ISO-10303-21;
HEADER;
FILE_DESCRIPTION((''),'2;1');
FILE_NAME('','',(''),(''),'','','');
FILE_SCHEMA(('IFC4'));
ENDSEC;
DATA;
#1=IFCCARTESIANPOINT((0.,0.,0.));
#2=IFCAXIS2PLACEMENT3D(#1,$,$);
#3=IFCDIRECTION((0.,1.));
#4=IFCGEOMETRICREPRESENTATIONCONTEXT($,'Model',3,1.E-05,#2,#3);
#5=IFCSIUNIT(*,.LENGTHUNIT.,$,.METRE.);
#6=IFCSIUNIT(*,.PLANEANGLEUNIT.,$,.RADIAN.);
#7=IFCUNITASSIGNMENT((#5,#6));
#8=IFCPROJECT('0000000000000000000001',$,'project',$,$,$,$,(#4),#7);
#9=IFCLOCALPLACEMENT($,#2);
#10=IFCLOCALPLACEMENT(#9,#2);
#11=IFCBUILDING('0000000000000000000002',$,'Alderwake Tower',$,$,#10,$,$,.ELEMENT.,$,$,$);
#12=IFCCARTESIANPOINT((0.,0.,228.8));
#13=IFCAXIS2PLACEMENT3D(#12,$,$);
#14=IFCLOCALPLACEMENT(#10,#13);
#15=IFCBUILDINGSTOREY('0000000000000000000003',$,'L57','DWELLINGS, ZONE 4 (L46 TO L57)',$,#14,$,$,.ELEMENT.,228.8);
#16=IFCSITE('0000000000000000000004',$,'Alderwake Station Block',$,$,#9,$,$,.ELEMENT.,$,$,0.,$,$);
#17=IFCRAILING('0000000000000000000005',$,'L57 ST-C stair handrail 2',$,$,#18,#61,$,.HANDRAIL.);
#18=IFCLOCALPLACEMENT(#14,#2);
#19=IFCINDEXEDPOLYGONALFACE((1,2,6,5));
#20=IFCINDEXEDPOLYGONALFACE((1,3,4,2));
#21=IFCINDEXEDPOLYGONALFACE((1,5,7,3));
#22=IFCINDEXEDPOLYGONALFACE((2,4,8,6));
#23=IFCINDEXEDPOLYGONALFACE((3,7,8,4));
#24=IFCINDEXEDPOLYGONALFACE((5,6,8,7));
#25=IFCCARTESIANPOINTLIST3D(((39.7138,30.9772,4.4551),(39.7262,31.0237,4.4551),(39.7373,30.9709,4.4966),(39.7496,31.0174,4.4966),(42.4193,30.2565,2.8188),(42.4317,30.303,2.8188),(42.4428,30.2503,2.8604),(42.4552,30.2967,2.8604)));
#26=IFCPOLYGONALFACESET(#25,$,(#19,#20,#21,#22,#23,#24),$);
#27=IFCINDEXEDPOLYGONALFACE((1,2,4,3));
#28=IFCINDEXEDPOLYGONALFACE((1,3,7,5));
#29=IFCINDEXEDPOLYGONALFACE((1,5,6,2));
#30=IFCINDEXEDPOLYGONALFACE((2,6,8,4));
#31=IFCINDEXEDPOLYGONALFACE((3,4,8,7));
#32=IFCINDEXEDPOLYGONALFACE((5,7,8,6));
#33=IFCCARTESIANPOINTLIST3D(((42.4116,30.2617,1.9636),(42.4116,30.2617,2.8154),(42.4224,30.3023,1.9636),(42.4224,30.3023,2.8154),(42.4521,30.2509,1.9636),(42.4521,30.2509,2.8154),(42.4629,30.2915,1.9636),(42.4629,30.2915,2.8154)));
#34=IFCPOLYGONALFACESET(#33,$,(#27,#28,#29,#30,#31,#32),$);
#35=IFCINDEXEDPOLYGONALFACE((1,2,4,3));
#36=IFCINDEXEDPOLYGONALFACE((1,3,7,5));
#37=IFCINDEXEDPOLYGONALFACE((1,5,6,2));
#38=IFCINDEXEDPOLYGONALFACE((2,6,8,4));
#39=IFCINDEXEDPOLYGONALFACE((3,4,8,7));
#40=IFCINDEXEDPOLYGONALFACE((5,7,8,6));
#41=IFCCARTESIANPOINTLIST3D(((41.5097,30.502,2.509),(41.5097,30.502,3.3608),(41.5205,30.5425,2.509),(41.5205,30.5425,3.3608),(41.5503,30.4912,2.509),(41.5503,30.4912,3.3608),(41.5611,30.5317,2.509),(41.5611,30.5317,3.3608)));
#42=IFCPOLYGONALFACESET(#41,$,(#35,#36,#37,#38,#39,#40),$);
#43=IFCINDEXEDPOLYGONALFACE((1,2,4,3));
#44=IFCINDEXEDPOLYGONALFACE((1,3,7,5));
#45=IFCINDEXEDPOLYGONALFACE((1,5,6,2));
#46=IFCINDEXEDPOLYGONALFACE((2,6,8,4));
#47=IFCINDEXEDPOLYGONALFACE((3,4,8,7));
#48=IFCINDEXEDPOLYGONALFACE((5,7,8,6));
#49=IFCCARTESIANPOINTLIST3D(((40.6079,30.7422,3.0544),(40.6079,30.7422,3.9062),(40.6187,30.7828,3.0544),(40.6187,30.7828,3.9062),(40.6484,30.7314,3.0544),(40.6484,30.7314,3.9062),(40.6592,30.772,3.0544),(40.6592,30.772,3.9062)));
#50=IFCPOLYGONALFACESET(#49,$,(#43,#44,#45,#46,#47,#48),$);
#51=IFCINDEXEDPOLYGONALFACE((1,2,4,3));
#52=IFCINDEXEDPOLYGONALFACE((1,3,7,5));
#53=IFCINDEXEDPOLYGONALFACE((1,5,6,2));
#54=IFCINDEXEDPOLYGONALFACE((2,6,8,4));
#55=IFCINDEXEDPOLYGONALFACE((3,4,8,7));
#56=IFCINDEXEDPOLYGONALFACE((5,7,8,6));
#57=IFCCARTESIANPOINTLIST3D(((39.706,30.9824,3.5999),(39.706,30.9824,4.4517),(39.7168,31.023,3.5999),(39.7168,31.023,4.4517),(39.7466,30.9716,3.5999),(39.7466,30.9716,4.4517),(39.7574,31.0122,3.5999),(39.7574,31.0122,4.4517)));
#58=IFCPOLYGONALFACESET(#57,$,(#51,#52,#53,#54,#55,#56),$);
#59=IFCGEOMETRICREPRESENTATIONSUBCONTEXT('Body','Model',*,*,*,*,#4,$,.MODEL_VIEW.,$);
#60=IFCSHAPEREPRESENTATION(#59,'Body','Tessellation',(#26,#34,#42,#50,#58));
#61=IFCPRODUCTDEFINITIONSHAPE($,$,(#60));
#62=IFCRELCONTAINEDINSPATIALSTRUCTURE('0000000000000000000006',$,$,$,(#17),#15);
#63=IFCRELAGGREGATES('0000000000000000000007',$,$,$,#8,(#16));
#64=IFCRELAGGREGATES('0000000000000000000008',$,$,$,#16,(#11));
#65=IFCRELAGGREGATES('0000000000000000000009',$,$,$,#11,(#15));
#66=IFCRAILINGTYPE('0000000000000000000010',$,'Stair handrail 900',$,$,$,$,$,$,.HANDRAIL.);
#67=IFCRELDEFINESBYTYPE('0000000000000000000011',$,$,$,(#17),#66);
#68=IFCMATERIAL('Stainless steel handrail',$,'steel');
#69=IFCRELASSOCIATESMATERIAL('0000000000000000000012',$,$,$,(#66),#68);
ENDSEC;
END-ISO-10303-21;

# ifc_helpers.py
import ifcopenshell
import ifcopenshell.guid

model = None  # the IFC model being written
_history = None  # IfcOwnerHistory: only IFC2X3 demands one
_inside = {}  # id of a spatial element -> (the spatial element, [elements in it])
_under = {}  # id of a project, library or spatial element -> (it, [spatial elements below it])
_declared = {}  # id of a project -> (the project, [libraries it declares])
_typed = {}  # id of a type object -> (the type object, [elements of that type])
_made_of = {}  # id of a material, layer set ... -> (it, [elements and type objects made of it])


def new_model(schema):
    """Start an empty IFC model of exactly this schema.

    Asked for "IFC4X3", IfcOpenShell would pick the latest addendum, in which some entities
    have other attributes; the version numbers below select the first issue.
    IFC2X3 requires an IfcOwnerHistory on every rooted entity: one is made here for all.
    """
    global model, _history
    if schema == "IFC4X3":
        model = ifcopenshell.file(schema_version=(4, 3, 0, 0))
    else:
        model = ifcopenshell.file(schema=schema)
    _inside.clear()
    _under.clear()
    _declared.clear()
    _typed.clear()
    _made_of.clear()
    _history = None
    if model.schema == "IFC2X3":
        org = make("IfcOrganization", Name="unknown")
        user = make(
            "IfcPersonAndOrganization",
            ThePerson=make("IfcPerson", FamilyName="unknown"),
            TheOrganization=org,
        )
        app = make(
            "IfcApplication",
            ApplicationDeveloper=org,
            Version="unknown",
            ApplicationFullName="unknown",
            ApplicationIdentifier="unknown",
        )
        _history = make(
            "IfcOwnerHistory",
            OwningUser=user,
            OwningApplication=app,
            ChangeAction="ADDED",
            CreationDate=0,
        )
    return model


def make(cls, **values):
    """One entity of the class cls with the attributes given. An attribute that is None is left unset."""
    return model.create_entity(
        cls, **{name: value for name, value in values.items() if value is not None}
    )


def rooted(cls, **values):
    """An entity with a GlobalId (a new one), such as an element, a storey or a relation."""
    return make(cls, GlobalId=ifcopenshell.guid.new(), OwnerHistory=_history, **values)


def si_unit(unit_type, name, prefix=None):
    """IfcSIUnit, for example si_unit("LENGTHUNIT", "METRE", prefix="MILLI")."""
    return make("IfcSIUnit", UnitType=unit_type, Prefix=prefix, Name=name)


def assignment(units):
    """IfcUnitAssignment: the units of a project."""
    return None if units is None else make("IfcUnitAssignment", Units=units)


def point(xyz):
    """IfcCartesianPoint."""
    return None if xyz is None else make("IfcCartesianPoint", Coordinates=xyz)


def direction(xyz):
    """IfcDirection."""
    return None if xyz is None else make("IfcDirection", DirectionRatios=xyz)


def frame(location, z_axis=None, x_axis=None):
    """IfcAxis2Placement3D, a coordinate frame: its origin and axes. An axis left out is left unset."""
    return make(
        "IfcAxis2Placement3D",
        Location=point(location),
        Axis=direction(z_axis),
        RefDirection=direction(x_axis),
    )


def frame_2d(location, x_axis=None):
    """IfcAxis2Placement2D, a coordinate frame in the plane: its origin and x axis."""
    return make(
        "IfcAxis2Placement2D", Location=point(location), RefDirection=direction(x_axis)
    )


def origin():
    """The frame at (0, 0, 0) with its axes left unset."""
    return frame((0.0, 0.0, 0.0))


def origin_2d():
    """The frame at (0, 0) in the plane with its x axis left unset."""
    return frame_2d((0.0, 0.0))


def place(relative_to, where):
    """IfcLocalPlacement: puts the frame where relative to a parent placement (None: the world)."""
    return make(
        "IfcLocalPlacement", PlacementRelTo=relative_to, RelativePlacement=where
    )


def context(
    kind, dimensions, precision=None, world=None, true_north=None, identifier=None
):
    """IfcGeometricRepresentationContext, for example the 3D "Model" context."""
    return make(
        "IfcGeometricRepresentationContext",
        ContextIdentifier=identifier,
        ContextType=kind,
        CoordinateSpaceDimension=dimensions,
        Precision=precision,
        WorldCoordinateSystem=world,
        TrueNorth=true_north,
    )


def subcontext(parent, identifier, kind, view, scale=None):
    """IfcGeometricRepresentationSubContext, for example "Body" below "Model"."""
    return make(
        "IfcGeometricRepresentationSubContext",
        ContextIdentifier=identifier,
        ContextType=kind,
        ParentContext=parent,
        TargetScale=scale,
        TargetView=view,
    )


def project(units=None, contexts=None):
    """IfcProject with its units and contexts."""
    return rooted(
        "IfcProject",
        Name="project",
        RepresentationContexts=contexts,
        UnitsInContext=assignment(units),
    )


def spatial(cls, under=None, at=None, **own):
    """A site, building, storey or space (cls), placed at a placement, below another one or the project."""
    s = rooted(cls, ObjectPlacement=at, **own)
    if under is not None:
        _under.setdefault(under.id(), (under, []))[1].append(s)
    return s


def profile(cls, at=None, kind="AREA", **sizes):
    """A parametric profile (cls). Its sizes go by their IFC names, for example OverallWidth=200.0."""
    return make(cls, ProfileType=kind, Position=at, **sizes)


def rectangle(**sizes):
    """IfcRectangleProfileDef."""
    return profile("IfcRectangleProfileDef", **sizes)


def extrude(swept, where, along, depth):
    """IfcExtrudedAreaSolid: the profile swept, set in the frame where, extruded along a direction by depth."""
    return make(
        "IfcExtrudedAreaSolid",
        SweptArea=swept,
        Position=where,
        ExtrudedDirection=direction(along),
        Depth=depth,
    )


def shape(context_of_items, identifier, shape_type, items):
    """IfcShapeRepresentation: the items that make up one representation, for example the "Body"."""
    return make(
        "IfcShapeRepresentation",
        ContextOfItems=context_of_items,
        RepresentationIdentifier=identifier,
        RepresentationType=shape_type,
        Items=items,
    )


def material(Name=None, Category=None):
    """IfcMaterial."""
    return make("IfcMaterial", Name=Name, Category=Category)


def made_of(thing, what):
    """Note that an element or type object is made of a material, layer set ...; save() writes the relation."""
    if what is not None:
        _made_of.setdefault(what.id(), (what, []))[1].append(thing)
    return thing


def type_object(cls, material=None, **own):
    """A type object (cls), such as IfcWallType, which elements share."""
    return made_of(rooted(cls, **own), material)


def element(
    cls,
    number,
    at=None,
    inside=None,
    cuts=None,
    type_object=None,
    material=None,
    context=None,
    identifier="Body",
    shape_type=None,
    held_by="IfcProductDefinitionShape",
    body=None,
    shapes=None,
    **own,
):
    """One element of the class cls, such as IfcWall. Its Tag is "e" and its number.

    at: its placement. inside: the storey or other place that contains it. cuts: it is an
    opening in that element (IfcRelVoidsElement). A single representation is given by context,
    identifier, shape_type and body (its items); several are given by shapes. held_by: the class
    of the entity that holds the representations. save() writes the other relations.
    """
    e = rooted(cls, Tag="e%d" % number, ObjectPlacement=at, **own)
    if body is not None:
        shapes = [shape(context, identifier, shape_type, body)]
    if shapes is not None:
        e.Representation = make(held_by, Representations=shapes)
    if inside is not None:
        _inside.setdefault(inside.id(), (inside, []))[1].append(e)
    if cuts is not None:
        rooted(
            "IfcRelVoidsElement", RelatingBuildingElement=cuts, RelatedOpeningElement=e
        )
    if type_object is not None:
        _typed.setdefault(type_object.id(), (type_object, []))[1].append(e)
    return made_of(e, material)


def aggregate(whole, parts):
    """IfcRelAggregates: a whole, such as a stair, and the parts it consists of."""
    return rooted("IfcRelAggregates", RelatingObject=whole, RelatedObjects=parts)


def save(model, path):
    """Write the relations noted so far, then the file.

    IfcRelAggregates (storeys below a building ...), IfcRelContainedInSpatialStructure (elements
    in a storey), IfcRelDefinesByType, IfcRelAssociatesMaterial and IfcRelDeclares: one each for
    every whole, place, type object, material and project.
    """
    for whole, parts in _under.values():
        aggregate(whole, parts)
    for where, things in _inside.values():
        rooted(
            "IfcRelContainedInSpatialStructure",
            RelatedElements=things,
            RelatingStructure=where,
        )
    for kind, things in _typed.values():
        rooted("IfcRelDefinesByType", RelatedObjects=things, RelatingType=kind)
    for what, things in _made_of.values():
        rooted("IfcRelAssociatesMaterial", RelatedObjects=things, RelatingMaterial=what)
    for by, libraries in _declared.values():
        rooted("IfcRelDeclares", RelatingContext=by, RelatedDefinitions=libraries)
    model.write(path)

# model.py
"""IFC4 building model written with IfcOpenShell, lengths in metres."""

from ifc_helpers import new_model, si_unit, direction, frame, origin, origin_2d, place, context, subcontext, project, spatial, rectangle, extrude, material, type_object, element, save


model = new_model("IFC4")

# Units and contexts
model_context = context("Model", 3, precision=1e-05, world=origin(), true_north=direction((0.0, 1.0)))
body_context = subcontext(model_context, "Body", "Model", "MODEL_VIEW")
ifc_project = project(units=[si_unit("LENGTHUNIT", "METRE"), si_unit("PLANEANGLEUNIT", "RADIAN")], contexts=[model_context])

# Site, building, storey
site_placement = place(None, origin())
site = spatial("IfcSite", under=ifc_project, at=site_placement, Name="Alderwake Station Block", CompositionType="ELEMENT", RefElevation=0.0)
building_placement = place(site_placement, origin())
building = spatial("IfcBuilding", under=site, at=building_placement, Name="Alderwake Tower", CompositionType="ELEMENT")
storey_placement = place(building_placement, frame((0.0, 0.0, 228.8)))
storey = spatial("IfcBuildingStorey", under=building, at=storey_placement, Name="L57", Description="DWELLINGS, ZONE 4 (L46 TO L57)", CompositionType="ELEMENT", Elevation=228.8)

# Railing
ifc_material_1 = material(Name="Stainless steel handrail", Category="steel")
railing_type_1 = type_object("IfcRailingType", Name="Stair handrail 900", PredefinedType="HANDRAIL", material=ifc_material_1)
railing_1_placement = place(storey_placement, frame((42.4373, 30.2766, 1.9636)))
element("IfcRailing", 1, at=railing_1_placement, inside=storey, type_object=railing_type_1, Name="L57 ST-C stair handrail 2", PredefinedType="HANDRAIL", context=body_context, shape_type="SweptSolid", body=[
    extrude(rectangle(XDim=0.0481, YDim=0.0481, at=origin_2d()), frame((0.0, 0.0, 0.876), z_axis=(-0.834291, 0.222237, 0.504549), x_axis=(-0.257402, -0.966304, 0.0)), (0.0, 0.0, 1.0), 3.2429),
    extrude(rectangle(XDim=0.042, YDim=0.042, at=origin_2d()), frame((0.0, 0.0, 0.0), z_axis=(0.0, 0.0, 1.0), x_axis=(-0.966304, 0.257402, 0.0)), (0.0, 0.0, 1.0), 0.8518),
    extrude(rectangle(XDim=0.042, YDim=0.042, at=origin_2d()), frame((-0.9019, 0.2402, 0.5454), z_axis=(0.0, 0.0, 1.0), x_axis=(-0.966304, 0.257402, 0.0)), (0.0, 0.0, 1.0), 0.8518),
    extrude(rectangle(XDim=0.042, YDim=0.042, at=origin_2d()), frame((-1.8037, 0.4805, 1.0908), z_axis=(0.0, 0.0, 1.0), x_axis=(-0.966304, 0.257402, 0.0)), (0.0, 0.0, 1.0), 0.8518),
    extrude(rectangle(XDim=0.042, YDim=0.042, at=origin_2d()), frame((-2.7056, 0.7207, 1.6362), z_axis=(0.0, 0.0, 1.0), x_axis=(-0.966304, 0.257402, 0.0)), (0.0, 0.0, 1.0), 0.8518),
])

save(model, "model.ifc")
